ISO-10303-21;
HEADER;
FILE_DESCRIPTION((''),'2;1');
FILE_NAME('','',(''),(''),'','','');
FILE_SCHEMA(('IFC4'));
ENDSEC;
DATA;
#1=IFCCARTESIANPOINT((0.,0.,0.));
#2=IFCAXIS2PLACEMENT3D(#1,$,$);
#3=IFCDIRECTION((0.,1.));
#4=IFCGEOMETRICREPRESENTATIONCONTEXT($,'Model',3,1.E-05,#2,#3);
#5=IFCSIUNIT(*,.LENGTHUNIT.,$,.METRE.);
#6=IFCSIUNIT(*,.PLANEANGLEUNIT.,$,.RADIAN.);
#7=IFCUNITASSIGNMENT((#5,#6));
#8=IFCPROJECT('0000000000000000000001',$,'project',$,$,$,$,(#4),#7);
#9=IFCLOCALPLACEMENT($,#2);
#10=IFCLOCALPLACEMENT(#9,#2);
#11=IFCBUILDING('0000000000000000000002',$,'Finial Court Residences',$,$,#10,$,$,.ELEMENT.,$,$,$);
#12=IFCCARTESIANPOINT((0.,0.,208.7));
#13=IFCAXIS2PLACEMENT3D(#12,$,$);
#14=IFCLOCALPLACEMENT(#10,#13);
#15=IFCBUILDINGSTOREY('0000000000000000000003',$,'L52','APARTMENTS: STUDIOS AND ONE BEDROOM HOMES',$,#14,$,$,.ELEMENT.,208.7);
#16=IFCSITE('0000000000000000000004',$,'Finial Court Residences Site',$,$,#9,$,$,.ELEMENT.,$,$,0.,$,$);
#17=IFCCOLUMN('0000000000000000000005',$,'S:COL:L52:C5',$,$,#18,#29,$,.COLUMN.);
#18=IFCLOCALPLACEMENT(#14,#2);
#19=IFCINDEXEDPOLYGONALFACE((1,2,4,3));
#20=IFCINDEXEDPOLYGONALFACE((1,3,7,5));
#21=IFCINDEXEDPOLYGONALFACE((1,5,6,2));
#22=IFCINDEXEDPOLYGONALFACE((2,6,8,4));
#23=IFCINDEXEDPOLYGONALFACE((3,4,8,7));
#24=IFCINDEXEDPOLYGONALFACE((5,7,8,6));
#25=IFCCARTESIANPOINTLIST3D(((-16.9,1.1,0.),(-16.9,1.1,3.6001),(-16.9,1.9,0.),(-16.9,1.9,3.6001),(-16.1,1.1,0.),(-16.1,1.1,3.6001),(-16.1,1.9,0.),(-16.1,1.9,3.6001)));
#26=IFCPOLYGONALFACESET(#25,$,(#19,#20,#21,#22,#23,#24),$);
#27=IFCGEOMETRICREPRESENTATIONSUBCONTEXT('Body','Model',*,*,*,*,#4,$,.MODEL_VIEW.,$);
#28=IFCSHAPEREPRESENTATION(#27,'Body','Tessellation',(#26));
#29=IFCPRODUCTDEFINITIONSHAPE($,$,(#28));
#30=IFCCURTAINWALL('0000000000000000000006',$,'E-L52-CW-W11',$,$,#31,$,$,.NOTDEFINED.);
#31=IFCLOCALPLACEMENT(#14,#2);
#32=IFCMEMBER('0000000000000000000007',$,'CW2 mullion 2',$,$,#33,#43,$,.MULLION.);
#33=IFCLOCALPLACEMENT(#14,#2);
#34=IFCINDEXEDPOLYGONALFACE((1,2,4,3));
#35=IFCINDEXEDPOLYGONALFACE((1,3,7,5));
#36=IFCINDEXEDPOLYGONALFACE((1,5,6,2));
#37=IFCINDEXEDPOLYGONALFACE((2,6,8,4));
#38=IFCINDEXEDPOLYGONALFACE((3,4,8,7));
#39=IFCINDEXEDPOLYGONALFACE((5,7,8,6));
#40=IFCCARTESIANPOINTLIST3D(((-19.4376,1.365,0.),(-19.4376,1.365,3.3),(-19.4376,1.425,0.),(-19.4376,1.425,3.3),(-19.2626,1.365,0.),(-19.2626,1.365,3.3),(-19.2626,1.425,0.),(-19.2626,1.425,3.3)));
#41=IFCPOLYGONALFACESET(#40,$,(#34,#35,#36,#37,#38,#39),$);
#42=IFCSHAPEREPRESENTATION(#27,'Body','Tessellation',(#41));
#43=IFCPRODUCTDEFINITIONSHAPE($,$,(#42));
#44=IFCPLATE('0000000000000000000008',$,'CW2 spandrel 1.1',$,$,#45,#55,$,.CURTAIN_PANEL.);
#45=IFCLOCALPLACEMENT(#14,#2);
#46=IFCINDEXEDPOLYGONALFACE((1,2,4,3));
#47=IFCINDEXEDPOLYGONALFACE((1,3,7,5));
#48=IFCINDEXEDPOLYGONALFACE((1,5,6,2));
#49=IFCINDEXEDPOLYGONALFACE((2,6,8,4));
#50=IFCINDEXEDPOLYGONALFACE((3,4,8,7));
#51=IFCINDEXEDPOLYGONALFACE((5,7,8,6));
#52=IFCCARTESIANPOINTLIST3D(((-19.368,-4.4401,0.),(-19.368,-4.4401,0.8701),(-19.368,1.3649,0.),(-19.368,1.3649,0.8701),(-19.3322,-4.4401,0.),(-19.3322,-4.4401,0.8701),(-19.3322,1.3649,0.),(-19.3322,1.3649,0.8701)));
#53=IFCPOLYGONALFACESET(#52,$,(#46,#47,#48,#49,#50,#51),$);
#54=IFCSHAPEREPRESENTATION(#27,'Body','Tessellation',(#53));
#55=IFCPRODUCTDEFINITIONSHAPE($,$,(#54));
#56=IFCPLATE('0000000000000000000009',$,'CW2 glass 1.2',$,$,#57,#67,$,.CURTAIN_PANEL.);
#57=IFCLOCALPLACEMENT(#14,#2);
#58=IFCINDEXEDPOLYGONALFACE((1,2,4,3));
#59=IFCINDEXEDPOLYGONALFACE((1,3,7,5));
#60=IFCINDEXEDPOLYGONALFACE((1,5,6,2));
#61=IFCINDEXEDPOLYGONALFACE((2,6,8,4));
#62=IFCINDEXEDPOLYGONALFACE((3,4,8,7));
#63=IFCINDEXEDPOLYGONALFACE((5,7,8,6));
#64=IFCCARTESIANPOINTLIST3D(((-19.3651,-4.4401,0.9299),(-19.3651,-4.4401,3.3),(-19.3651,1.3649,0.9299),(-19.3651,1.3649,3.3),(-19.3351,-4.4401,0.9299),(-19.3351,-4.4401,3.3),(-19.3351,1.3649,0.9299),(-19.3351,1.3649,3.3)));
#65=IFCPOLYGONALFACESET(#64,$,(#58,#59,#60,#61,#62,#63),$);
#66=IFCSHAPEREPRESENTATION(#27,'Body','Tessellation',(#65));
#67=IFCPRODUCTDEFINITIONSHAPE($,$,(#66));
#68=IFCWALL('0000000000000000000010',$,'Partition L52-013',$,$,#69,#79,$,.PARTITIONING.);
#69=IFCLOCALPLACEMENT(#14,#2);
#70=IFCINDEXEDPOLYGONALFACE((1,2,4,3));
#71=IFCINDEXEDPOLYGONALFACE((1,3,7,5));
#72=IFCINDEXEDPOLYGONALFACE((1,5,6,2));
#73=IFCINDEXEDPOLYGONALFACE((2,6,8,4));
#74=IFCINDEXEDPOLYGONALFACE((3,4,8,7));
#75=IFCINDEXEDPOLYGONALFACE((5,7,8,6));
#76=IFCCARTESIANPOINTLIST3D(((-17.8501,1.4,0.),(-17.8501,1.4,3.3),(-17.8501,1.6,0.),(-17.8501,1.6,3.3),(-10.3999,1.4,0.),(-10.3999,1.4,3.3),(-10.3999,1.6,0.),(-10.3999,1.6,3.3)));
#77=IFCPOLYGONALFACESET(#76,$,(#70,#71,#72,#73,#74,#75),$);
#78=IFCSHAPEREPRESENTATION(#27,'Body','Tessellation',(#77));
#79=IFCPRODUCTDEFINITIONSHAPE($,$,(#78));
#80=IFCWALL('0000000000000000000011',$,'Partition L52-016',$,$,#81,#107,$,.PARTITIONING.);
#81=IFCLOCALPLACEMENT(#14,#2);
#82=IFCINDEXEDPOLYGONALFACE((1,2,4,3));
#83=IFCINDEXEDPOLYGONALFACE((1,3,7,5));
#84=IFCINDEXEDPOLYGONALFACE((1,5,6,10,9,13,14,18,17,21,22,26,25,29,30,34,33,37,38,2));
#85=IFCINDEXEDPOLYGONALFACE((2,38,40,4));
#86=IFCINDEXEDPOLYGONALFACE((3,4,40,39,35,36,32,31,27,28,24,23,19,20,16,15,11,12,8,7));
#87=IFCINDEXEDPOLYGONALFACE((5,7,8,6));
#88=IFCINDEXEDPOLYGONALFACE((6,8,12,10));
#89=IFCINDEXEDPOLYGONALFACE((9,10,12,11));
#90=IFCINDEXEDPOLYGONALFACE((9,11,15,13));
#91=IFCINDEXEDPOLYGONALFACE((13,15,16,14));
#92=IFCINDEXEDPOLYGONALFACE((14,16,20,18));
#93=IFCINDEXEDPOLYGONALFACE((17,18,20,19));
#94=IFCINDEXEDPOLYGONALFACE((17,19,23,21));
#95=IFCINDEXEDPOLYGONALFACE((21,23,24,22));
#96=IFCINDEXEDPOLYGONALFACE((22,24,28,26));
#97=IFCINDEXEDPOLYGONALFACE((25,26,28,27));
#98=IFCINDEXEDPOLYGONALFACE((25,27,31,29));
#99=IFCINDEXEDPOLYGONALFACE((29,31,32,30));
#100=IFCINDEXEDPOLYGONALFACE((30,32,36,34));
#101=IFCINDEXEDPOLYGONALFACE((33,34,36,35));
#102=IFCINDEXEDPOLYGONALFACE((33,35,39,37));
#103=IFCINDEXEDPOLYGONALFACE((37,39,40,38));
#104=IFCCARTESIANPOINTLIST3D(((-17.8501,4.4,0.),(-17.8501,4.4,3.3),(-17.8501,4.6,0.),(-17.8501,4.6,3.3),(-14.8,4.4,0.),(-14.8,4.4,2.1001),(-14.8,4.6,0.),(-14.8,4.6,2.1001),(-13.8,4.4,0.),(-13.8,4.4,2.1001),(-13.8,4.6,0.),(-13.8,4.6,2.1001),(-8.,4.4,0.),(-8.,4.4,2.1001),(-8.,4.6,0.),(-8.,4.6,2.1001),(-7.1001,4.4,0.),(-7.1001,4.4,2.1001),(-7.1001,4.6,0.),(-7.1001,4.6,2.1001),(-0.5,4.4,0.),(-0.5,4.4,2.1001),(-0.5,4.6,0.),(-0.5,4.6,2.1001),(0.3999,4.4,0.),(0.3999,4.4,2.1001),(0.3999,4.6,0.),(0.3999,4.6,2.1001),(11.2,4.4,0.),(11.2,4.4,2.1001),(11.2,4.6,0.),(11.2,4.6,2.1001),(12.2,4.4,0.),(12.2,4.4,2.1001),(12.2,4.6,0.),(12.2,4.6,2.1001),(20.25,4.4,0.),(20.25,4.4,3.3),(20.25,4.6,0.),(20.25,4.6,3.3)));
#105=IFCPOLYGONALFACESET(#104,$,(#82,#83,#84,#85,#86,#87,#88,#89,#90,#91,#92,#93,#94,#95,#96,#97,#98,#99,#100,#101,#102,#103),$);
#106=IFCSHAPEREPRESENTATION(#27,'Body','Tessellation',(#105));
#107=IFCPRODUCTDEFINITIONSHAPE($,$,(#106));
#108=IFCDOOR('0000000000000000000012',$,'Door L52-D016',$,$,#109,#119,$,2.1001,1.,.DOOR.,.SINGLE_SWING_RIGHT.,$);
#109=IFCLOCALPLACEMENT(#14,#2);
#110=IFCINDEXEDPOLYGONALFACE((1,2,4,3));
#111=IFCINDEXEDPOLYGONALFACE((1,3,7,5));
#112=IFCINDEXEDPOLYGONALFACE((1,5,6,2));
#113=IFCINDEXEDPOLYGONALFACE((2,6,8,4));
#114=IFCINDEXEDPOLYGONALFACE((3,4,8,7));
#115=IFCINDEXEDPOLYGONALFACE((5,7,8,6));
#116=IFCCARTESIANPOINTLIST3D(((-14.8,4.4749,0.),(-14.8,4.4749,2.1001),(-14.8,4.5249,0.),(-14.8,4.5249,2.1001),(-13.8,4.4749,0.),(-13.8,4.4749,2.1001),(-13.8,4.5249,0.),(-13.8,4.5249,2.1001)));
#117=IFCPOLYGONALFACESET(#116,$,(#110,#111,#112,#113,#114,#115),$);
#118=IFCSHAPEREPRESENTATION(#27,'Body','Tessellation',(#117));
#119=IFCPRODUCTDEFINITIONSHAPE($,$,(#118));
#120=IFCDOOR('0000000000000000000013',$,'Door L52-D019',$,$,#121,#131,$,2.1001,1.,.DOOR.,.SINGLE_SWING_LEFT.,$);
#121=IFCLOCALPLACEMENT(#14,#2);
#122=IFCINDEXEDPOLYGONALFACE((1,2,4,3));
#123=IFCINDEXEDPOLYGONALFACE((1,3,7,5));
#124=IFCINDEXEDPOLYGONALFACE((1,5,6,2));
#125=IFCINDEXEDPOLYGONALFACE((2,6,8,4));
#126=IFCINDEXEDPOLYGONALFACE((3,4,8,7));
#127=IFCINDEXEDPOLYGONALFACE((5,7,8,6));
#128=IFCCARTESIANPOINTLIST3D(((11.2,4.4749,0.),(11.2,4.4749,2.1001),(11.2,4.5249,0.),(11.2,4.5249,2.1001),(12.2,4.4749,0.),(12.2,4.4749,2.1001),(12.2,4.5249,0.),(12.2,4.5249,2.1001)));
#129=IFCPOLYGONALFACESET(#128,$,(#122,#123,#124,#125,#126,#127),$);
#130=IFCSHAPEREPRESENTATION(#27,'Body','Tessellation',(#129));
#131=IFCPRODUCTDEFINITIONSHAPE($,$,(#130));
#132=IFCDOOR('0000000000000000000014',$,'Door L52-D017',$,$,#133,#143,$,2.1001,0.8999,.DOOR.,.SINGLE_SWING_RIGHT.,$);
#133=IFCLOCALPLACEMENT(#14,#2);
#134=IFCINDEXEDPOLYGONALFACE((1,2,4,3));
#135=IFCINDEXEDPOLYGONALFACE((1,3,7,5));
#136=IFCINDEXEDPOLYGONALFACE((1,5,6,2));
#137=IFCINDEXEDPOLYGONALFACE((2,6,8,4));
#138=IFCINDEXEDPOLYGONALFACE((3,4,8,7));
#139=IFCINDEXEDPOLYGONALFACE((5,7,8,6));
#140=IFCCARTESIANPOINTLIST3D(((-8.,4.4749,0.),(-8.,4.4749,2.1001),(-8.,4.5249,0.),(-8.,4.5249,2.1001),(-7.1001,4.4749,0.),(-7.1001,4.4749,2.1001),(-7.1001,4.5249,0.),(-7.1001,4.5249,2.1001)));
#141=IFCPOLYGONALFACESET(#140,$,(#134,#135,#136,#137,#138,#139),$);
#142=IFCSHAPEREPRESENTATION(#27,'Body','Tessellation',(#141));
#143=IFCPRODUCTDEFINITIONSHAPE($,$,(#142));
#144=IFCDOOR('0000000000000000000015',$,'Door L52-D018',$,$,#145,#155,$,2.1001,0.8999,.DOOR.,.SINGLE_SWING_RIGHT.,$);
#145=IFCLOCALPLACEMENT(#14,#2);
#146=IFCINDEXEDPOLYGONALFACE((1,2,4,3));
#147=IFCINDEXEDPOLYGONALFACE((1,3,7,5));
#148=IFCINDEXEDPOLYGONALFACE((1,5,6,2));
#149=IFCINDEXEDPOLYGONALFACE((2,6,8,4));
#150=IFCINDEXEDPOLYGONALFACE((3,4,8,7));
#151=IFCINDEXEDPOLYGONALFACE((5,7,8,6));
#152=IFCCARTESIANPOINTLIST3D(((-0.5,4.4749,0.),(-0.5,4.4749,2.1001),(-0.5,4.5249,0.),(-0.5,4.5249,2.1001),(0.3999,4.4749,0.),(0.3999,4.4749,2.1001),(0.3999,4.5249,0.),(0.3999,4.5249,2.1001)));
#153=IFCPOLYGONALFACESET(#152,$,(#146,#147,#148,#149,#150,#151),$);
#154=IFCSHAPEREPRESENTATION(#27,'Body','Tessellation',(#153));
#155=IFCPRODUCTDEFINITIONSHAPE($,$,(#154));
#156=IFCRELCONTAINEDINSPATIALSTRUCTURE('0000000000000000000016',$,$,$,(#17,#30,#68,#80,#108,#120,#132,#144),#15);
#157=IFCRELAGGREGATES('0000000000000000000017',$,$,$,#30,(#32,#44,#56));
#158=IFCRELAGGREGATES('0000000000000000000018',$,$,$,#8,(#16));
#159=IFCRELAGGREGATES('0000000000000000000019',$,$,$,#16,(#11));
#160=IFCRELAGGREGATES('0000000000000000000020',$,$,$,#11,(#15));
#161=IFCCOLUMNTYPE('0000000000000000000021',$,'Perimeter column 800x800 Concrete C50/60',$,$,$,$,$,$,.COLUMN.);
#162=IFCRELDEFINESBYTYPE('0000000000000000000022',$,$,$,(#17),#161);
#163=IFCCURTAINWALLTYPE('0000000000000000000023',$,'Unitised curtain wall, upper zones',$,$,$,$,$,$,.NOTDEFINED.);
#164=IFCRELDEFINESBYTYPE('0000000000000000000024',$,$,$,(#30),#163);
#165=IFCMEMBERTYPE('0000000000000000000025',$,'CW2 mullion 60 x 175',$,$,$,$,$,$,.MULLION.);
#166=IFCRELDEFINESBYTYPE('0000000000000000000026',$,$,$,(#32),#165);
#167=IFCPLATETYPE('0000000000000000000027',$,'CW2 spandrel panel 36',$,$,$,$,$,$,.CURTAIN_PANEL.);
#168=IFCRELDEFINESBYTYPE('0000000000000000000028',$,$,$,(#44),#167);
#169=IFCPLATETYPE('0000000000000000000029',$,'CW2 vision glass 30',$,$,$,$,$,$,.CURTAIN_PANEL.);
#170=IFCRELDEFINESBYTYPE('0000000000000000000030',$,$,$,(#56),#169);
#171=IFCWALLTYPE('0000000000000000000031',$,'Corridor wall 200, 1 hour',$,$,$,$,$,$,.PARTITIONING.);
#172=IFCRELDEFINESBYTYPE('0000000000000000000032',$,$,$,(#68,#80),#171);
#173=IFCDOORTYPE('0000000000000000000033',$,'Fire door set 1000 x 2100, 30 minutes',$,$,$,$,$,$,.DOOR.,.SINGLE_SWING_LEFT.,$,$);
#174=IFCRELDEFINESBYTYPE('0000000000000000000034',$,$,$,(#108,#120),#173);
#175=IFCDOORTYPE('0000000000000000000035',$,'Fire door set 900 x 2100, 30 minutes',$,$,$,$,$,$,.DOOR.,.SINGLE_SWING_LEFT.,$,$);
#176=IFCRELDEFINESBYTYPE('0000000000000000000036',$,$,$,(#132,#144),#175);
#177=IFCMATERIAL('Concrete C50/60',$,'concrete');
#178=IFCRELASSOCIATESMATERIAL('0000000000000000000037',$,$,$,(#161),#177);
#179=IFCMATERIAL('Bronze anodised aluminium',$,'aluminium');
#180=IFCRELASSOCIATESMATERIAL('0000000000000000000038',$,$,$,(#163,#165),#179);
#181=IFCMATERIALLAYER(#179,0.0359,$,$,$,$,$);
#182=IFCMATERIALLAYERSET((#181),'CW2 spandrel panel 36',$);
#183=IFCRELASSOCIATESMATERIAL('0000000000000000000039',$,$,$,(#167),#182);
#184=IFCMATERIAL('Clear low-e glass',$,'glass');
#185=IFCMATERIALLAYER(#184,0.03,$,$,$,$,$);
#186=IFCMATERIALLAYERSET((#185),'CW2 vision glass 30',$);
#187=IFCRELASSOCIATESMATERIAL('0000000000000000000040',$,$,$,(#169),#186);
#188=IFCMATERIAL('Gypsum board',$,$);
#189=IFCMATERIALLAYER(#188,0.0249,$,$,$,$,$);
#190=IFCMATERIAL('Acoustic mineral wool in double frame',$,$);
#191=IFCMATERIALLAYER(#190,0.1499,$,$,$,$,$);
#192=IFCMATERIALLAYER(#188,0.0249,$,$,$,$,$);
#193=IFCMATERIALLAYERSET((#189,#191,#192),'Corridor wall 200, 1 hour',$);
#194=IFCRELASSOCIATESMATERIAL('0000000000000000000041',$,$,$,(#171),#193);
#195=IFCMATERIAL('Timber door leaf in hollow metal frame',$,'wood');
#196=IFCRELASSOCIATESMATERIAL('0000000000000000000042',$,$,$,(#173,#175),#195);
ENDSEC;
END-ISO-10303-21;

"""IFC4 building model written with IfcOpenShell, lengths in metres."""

from ifc_helpers import new_model, si_unit, direction, frame, frame_2d, origin, origin_2d, place, context, subcontext, project, spatial, rectangle, extrude, material, layer, layer_set, material_profile, profile_set, type_object, element, fill, aggregate, save


model = new_model("IFC4")

# Units and contexts
model_context = context("Model", 3, precision=1e-05, world=origin(), true_north=direction((0.0, 1.0)))
body_context = subcontext(model_context, "Body", "Model", "MODEL_VIEW")
ifc_project = project(units=[si_unit("LENGTHUNIT", "METRE"), si_unit("PLANEANGLEUNIT", "RADIAN")], contexts=[model_context])

# Site, building, storey
site_placement = place(None, origin())
site = spatial("IfcSite", under=ifc_project, at=site_placement, Name="Finial Court Residences Site", CompositionType="ELEMENT", RefElevation=0.0)
building_placement = place(site_placement, origin())
building = spatial("IfcBuilding", under=site, at=building_placement, Name="Finial Court Residences", CompositionType="ELEMENT")
storey_placement = place(building_placement, frame((0.0, 0.0, 208.7)))
storey = spatial("IfcBuildingStorey", under=building, at=storey_placement, Name="L52", Description="APARTMENTS: STUDIOS AND ONE BEDROOM HOMES", CompositionType="ELEMENT", Elevation=208.7)

# Column
ifc_material_1 = material(Name="Concrete C50/60", Category="concrete")
ifc_material_profile_1 = material_profile(ifc_material_1, rectangle(XDim=0.8, YDim=0.8, at=origin_2d()), Name="800x800")
ifc_profile_set_1 = profile_set([ifc_material_profile_1], Name="Concrete C50/60")
column_type = type_object("IfcColumnType", Name="Perimeter column 800x800 Concrete C50/60", PredefinedType="COLUMN", material=ifc_profile_set_1)
column_placement = place(storey_placement, frame((-16.5, 1.5, 0.0), z_axis=(0.0, 0.0, 1.0), x_axis=(1.0, 0.0, 0.0)))
element("IfcColumn", 1, at=column_placement, inside=storey, type_object=column_type, Name="S:COL:L52:C5", PredefinedType="COLUMN", context=body_context, shape_type="SweptSolid", body=[
    extrude(rectangle(XDim=0.8, YDim=0.8, at=origin_2d()), origin(), (0.0, 0.0, 1.0), 3.6001),
])

# Curtain wall, member, plates
ifc_material_2 = material(Name="Bronze anodised aluminium", Category="aluminium")
curtain_wall_type = type_object("IfcCurtainWallType", Name="Unitised curtain wall, upper zones", PredefinedType="NOTDEFINED", material=ifc_material_2)
curtain_wall_placement = place(storey_placement, origin())
curtain_wall = element("IfcCurtainWall", 2, at=curtain_wall_placement, inside=storey, type_object=curtain_wall_type, Name="E-L52-CW-W11", PredefinedType="NOTDEFINED")
ifc_material_profile_2 = material_profile(ifc_material_2, rectangle(XDim=0.175, YDim=0.0601, at=origin_2d()), Name="CW2 mullion 60 x 175")
ifc_profile_set_2 = profile_set([ifc_material_profile_2], Name="Bronze anodised aluminium")
member_type = type_object("IfcMemberType", Name="CW2 mullion 60 x 175", PredefinedType="MULLION", material=ifc_profile_set_2)
member_placement = place(storey_placement, frame((-19.3501, 1.395, 0.0), z_axis=(0.0, 0.0, 1.0), x_axis=(-1.0, 0.0, 0.0)))
member = element("IfcMember", 3, at=member_placement, type_object=member_type, Name="CW2 mullion 2", PredefinedType="MULLION", context=body_context, shape_type="SweptSolid", body=[
    extrude(rectangle(XDim=0.175, YDim=0.0601, at=origin_2d()), origin(), (0.0, 0.0, 1.0), 3.3),
])
ifc_layer_1 = layer(ifc_material_2, 0.0359)
ifc_layer_set_1 = layer_set([ifc_layer_1], Name="CW2 spandrel panel 36")
plate_type_1 = type_object("IfcPlateType", Name="CW2 spandrel panel 36", PredefinedType="CURTAIN_PANEL", material=ifc_layer_set_1)
plate_1_placement = place(storey_placement, frame((-19.3501, -1.5376, 0.0), z_axis=(0.0, 0.0, 1.0), x_axis=(0.0, 1.0, 0.0)))
plate_1 = element("IfcPlate", 4, at=plate_1_placement, type_object=plate_type_1, Name="CW2 spandrel 1.1", PredefinedType="CURTAIN_PANEL", context=body_context, shape_type="SweptSolid", body=[
    extrude(rectangle(XDim=5.8049, YDim=0.0359, at=origin_2d()), origin(), (0.0, 0.0, 1.0), 0.8701),
])
ifc_material_3 = material(Name="Clear low-e glass", Category="glass")
ifc_layer_2 = layer(ifc_material_3, 0.03)
ifc_layer_set_2 = layer_set([ifc_layer_2], Name="CW2 vision glass 30")
plate_type_2 = type_object("IfcPlateType", Name="CW2 vision glass 30", PredefinedType="CURTAIN_PANEL", material=ifc_layer_set_2)
plate_2_placement = place(storey_placement, frame((-19.3501, -1.5376, 0.9299), z_axis=(0.0, 0.0, 1.0), x_axis=(0.0, 1.0, 0.0)))
plate_2 = element("IfcPlate", 5, at=plate_2_placement, type_object=plate_type_2, Name="CW2 glass 1.2", PredefinedType="CURTAIN_PANEL", context=body_context, shape_type="SweptSolid", body=[
    extrude(rectangle(XDim=5.8049, YDim=0.03, at=origin_2d()), origin(), (0.0, 0.0, 1.0), 2.3701),
])
aggregate(curtain_wall, [member, plate_1, plate_2])

# Wall
ifc_material_4 = material(Name="Gypsum board")
ifc_layer_3 = layer(ifc_material_4, 0.0249)
ifc_material_5 = material(Name="Acoustic mineral wool in double frame")
ifc_layer_4 = layer(ifc_material_5, 0.1499)
ifc_layer_5 = layer(ifc_material_4, 0.0249)
ifc_layer_set_3 = layer_set([ifc_layer_3, ifc_layer_4, ifc_layer_5], Name="Corridor wall 200, 1 hour")
wall_type_1 = type_object("IfcWallType", Name="Corridor wall 200, 1 hour", PredefinedType="PARTITIONING", material=ifc_layer_set_3)
wall_1_placement = place(storey_placement, frame((-17.8501, 1.5, 0.0), z_axis=(0.0, 0.0, 1.0), x_axis=(1.0, 0.0, 0.0)))
element("IfcWall", 6, at=wall_1_placement, inside=storey, type_object=wall_type_1, Name="Partition L52-013", PredefinedType="PARTITIONING", context=body_context, shape_type="SweptSolid", body=[
    extrude(rectangle(XDim=7.4502, YDim=0.2, at=frame_2d((3.7251, 0.0))), origin(), (0.0, 0.0, 1.0), 3.3),
])

# Wall, openings, doors
wall_2_placement = place(storey_placement, frame((-17.8501, 4.5, 0.0), z_axis=(0.0, 0.0, 1.0), x_axis=(1.0, 0.0, 0.0)))
wall_2 = element("IfcWall", 7, at=wall_2_placement, inside=storey, type_object=wall_type_1, Name="Partition L52-016", PredefinedType="PARTITIONING", context=body_context, shape_type="SweptSolid", body=[
    extrude(rectangle(XDim=38.1001, YDim=0.2, at=frame_2d((19.05, 0.0))), origin(), (0.0, 0.0, 1.0), 3.3),
])
opening_1_placement = place(wall_2_placement, frame((3.05, 0.0, 0.0)))
opening_1 = element("IfcOpeningElement", 8, at=opening_1_placement, cuts=wall_2, PredefinedType="OPENING", context=body_context, shape_type="SweptSolid", body=[
    extrude(rectangle(XDim=1.0, YDim=2.1001, at=frame_2d((0.5, 1.05))), frame((0.0, 0.1099, 0.0), z_axis=(0.0, -1.0, 0.0), x_axis=(1.0, 0.0, 0.0)), (0.0, 0.0, 1.0), 0.22),
])
opening_2_placement = place(wall_2_placement, frame((9.8501, 0.0, 0.0)))
opening_2 = element("IfcOpeningElement", 9, at=opening_2_placement, cuts=wall_2, PredefinedType="OPENING", context=body_context, shape_type="SweptSolid", body=[
    extrude(rectangle(XDim=0.8999, YDim=2.1001, at=frame_2d((0.45, 1.05))), frame((0.0, 0.1099, 0.0), z_axis=(0.0, -1.0, 0.0), x_axis=(1.0, 0.0, 0.0)), (0.0, 0.0, 1.0), 0.22),
])
opening_3_placement = place(wall_2_placement, frame((17.3501, 0.0, 0.0)))
opening_3 = element("IfcOpeningElement", 10, at=opening_3_placement, cuts=wall_2, PredefinedType="OPENING", context=body_context, shape_type="SweptSolid", body=[
    extrude(rectangle(XDim=0.8999, YDim=2.1001, at=frame_2d((0.45, 1.05))), frame((0.0, 0.1099, 0.0), z_axis=(0.0, -1.0, 0.0), x_axis=(1.0, 0.0, 0.0)), (0.0, 0.0, 1.0), 0.22),
])
opening_4_placement = place(wall_2_placement, frame((29.05, 0.0, 0.0)))
opening_4 = element("IfcOpeningElement", 11, at=opening_4_placement, cuts=wall_2, PredefinedType="OPENING", context=body_context, shape_type="SweptSolid", body=[
    extrude(rectangle(XDim=1.0, YDim=2.1001, at=frame_2d((0.5, 1.05))), frame((0.0, 0.1099, 0.0), z_axis=(0.0, -1.0, 0.0), x_axis=(1.0, 0.0, 0.0)), (0.0, 0.0, 1.0), 0.22),
])
ifc_material_6 = material(Name="Timber door leaf in hollow metal frame", Category="wood")
door_type_1 = type_object("IfcDoorType", Name="Fire door set 1000 x 2100, 30 minutes", OperationType="SINGLE_SWING_LEFT", PredefinedType="DOOR", material=ifc_material_6)
door_1_placement = place(opening_1_placement, origin())
door_1 = element("IfcDoor", 12, at=door_1_placement, inside=storey, type_object=door_type_1, Name="Door L52-D016", OperationType="SINGLE_SWING_RIGHT", OverallHeight=2.1001, OverallWidth=1.0, PredefinedType="DOOR", context=body_context, shape_type="SweptSolid", body=[
    extrude(rectangle(XDim=1.0, YDim=2.1001, at=frame_2d((0.5, 1.05))), frame((0.0, 0.0249, 0.0), z_axis=(0.0, -1.0, 0.0), x_axis=(1.0, 0.0, 0.0)), (0.0, 0.0, 1.0), 0.05),
])
fill(opening_1, door_1)
door_2_placement = place(opening_4_placement, origin())
door_2 = element("IfcDoor", 13, at=door_2_placement, inside=storey, type_object=door_type_1, Name="Door L52-D019", OperationType="SINGLE_SWING_LEFT", OverallHeight=2.1001, OverallWidth=1.0, PredefinedType="DOOR", context=body_context, shape_type="SweptSolid", body=[
    extrude(rectangle(XDim=1.0, YDim=2.1001, at=frame_2d((0.5, 1.05))), frame((0.0, 0.0249, 0.0), z_axis=(0.0, -1.0, 0.0), x_axis=(1.0, 0.0, 0.0)), (0.0, 0.0, 1.0), 0.05),
])
fill(opening_4, door_2)
door_type_2 = type_object("IfcDoorType", Name="Fire door set 900 x 2100, 30 minutes", OperationType="SINGLE_SWING_LEFT", PredefinedType="DOOR", material=ifc_material_6)
door_3_placement = place(opening_2_placement, origin())
door_3 = element("IfcDoor", 14, at=door_3_placement, inside=storey, type_object=door_type_2, Name="Door L52-D017", OperationType="SINGLE_SWING_RIGHT", OverallHeight=2.1001, OverallWidth=0.8999, PredefinedType="DOOR", context=body_context, shape_type="SweptSolid", body=[
    extrude(rectangle(XDim=0.8999, YDim=2.1001, at=frame_2d((0.45, 1.05))), frame((0.0, 0.0249, 0.0), z_axis=(0.0, -1.0, 0.0), x_axis=(1.0, 0.0, 0.0)), (0.0, 0.0, 1.0), 0.05),
])
fill(opening_2, door_3)
door_4_placement = place(opening_3_placement, origin())
door_4 = element("IfcDoor", 15, at=door_4_placement, inside=storey, type_object=door_type_2, Name="Door L52-D018", OperationType="SINGLE_SWING_RIGHT", OverallHeight=2.1001, OverallWidth=0.8999, PredefinedType="DOOR", context=body_context, shape_type="SweptSolid", body=[
    extrude(rectangle(XDim=0.8999, YDim=2.1001, at=frame_2d((0.45, 1.05))), frame((0.0, 0.0249, 0.0), z_axis=(0.0, -1.0, 0.0), x_axis=(1.0, 0.0, 0.0)), (0.0, 0.0, 1.0), 0.05),
])
fill(opening_3, door_4)

save(model, "model.ifc")
